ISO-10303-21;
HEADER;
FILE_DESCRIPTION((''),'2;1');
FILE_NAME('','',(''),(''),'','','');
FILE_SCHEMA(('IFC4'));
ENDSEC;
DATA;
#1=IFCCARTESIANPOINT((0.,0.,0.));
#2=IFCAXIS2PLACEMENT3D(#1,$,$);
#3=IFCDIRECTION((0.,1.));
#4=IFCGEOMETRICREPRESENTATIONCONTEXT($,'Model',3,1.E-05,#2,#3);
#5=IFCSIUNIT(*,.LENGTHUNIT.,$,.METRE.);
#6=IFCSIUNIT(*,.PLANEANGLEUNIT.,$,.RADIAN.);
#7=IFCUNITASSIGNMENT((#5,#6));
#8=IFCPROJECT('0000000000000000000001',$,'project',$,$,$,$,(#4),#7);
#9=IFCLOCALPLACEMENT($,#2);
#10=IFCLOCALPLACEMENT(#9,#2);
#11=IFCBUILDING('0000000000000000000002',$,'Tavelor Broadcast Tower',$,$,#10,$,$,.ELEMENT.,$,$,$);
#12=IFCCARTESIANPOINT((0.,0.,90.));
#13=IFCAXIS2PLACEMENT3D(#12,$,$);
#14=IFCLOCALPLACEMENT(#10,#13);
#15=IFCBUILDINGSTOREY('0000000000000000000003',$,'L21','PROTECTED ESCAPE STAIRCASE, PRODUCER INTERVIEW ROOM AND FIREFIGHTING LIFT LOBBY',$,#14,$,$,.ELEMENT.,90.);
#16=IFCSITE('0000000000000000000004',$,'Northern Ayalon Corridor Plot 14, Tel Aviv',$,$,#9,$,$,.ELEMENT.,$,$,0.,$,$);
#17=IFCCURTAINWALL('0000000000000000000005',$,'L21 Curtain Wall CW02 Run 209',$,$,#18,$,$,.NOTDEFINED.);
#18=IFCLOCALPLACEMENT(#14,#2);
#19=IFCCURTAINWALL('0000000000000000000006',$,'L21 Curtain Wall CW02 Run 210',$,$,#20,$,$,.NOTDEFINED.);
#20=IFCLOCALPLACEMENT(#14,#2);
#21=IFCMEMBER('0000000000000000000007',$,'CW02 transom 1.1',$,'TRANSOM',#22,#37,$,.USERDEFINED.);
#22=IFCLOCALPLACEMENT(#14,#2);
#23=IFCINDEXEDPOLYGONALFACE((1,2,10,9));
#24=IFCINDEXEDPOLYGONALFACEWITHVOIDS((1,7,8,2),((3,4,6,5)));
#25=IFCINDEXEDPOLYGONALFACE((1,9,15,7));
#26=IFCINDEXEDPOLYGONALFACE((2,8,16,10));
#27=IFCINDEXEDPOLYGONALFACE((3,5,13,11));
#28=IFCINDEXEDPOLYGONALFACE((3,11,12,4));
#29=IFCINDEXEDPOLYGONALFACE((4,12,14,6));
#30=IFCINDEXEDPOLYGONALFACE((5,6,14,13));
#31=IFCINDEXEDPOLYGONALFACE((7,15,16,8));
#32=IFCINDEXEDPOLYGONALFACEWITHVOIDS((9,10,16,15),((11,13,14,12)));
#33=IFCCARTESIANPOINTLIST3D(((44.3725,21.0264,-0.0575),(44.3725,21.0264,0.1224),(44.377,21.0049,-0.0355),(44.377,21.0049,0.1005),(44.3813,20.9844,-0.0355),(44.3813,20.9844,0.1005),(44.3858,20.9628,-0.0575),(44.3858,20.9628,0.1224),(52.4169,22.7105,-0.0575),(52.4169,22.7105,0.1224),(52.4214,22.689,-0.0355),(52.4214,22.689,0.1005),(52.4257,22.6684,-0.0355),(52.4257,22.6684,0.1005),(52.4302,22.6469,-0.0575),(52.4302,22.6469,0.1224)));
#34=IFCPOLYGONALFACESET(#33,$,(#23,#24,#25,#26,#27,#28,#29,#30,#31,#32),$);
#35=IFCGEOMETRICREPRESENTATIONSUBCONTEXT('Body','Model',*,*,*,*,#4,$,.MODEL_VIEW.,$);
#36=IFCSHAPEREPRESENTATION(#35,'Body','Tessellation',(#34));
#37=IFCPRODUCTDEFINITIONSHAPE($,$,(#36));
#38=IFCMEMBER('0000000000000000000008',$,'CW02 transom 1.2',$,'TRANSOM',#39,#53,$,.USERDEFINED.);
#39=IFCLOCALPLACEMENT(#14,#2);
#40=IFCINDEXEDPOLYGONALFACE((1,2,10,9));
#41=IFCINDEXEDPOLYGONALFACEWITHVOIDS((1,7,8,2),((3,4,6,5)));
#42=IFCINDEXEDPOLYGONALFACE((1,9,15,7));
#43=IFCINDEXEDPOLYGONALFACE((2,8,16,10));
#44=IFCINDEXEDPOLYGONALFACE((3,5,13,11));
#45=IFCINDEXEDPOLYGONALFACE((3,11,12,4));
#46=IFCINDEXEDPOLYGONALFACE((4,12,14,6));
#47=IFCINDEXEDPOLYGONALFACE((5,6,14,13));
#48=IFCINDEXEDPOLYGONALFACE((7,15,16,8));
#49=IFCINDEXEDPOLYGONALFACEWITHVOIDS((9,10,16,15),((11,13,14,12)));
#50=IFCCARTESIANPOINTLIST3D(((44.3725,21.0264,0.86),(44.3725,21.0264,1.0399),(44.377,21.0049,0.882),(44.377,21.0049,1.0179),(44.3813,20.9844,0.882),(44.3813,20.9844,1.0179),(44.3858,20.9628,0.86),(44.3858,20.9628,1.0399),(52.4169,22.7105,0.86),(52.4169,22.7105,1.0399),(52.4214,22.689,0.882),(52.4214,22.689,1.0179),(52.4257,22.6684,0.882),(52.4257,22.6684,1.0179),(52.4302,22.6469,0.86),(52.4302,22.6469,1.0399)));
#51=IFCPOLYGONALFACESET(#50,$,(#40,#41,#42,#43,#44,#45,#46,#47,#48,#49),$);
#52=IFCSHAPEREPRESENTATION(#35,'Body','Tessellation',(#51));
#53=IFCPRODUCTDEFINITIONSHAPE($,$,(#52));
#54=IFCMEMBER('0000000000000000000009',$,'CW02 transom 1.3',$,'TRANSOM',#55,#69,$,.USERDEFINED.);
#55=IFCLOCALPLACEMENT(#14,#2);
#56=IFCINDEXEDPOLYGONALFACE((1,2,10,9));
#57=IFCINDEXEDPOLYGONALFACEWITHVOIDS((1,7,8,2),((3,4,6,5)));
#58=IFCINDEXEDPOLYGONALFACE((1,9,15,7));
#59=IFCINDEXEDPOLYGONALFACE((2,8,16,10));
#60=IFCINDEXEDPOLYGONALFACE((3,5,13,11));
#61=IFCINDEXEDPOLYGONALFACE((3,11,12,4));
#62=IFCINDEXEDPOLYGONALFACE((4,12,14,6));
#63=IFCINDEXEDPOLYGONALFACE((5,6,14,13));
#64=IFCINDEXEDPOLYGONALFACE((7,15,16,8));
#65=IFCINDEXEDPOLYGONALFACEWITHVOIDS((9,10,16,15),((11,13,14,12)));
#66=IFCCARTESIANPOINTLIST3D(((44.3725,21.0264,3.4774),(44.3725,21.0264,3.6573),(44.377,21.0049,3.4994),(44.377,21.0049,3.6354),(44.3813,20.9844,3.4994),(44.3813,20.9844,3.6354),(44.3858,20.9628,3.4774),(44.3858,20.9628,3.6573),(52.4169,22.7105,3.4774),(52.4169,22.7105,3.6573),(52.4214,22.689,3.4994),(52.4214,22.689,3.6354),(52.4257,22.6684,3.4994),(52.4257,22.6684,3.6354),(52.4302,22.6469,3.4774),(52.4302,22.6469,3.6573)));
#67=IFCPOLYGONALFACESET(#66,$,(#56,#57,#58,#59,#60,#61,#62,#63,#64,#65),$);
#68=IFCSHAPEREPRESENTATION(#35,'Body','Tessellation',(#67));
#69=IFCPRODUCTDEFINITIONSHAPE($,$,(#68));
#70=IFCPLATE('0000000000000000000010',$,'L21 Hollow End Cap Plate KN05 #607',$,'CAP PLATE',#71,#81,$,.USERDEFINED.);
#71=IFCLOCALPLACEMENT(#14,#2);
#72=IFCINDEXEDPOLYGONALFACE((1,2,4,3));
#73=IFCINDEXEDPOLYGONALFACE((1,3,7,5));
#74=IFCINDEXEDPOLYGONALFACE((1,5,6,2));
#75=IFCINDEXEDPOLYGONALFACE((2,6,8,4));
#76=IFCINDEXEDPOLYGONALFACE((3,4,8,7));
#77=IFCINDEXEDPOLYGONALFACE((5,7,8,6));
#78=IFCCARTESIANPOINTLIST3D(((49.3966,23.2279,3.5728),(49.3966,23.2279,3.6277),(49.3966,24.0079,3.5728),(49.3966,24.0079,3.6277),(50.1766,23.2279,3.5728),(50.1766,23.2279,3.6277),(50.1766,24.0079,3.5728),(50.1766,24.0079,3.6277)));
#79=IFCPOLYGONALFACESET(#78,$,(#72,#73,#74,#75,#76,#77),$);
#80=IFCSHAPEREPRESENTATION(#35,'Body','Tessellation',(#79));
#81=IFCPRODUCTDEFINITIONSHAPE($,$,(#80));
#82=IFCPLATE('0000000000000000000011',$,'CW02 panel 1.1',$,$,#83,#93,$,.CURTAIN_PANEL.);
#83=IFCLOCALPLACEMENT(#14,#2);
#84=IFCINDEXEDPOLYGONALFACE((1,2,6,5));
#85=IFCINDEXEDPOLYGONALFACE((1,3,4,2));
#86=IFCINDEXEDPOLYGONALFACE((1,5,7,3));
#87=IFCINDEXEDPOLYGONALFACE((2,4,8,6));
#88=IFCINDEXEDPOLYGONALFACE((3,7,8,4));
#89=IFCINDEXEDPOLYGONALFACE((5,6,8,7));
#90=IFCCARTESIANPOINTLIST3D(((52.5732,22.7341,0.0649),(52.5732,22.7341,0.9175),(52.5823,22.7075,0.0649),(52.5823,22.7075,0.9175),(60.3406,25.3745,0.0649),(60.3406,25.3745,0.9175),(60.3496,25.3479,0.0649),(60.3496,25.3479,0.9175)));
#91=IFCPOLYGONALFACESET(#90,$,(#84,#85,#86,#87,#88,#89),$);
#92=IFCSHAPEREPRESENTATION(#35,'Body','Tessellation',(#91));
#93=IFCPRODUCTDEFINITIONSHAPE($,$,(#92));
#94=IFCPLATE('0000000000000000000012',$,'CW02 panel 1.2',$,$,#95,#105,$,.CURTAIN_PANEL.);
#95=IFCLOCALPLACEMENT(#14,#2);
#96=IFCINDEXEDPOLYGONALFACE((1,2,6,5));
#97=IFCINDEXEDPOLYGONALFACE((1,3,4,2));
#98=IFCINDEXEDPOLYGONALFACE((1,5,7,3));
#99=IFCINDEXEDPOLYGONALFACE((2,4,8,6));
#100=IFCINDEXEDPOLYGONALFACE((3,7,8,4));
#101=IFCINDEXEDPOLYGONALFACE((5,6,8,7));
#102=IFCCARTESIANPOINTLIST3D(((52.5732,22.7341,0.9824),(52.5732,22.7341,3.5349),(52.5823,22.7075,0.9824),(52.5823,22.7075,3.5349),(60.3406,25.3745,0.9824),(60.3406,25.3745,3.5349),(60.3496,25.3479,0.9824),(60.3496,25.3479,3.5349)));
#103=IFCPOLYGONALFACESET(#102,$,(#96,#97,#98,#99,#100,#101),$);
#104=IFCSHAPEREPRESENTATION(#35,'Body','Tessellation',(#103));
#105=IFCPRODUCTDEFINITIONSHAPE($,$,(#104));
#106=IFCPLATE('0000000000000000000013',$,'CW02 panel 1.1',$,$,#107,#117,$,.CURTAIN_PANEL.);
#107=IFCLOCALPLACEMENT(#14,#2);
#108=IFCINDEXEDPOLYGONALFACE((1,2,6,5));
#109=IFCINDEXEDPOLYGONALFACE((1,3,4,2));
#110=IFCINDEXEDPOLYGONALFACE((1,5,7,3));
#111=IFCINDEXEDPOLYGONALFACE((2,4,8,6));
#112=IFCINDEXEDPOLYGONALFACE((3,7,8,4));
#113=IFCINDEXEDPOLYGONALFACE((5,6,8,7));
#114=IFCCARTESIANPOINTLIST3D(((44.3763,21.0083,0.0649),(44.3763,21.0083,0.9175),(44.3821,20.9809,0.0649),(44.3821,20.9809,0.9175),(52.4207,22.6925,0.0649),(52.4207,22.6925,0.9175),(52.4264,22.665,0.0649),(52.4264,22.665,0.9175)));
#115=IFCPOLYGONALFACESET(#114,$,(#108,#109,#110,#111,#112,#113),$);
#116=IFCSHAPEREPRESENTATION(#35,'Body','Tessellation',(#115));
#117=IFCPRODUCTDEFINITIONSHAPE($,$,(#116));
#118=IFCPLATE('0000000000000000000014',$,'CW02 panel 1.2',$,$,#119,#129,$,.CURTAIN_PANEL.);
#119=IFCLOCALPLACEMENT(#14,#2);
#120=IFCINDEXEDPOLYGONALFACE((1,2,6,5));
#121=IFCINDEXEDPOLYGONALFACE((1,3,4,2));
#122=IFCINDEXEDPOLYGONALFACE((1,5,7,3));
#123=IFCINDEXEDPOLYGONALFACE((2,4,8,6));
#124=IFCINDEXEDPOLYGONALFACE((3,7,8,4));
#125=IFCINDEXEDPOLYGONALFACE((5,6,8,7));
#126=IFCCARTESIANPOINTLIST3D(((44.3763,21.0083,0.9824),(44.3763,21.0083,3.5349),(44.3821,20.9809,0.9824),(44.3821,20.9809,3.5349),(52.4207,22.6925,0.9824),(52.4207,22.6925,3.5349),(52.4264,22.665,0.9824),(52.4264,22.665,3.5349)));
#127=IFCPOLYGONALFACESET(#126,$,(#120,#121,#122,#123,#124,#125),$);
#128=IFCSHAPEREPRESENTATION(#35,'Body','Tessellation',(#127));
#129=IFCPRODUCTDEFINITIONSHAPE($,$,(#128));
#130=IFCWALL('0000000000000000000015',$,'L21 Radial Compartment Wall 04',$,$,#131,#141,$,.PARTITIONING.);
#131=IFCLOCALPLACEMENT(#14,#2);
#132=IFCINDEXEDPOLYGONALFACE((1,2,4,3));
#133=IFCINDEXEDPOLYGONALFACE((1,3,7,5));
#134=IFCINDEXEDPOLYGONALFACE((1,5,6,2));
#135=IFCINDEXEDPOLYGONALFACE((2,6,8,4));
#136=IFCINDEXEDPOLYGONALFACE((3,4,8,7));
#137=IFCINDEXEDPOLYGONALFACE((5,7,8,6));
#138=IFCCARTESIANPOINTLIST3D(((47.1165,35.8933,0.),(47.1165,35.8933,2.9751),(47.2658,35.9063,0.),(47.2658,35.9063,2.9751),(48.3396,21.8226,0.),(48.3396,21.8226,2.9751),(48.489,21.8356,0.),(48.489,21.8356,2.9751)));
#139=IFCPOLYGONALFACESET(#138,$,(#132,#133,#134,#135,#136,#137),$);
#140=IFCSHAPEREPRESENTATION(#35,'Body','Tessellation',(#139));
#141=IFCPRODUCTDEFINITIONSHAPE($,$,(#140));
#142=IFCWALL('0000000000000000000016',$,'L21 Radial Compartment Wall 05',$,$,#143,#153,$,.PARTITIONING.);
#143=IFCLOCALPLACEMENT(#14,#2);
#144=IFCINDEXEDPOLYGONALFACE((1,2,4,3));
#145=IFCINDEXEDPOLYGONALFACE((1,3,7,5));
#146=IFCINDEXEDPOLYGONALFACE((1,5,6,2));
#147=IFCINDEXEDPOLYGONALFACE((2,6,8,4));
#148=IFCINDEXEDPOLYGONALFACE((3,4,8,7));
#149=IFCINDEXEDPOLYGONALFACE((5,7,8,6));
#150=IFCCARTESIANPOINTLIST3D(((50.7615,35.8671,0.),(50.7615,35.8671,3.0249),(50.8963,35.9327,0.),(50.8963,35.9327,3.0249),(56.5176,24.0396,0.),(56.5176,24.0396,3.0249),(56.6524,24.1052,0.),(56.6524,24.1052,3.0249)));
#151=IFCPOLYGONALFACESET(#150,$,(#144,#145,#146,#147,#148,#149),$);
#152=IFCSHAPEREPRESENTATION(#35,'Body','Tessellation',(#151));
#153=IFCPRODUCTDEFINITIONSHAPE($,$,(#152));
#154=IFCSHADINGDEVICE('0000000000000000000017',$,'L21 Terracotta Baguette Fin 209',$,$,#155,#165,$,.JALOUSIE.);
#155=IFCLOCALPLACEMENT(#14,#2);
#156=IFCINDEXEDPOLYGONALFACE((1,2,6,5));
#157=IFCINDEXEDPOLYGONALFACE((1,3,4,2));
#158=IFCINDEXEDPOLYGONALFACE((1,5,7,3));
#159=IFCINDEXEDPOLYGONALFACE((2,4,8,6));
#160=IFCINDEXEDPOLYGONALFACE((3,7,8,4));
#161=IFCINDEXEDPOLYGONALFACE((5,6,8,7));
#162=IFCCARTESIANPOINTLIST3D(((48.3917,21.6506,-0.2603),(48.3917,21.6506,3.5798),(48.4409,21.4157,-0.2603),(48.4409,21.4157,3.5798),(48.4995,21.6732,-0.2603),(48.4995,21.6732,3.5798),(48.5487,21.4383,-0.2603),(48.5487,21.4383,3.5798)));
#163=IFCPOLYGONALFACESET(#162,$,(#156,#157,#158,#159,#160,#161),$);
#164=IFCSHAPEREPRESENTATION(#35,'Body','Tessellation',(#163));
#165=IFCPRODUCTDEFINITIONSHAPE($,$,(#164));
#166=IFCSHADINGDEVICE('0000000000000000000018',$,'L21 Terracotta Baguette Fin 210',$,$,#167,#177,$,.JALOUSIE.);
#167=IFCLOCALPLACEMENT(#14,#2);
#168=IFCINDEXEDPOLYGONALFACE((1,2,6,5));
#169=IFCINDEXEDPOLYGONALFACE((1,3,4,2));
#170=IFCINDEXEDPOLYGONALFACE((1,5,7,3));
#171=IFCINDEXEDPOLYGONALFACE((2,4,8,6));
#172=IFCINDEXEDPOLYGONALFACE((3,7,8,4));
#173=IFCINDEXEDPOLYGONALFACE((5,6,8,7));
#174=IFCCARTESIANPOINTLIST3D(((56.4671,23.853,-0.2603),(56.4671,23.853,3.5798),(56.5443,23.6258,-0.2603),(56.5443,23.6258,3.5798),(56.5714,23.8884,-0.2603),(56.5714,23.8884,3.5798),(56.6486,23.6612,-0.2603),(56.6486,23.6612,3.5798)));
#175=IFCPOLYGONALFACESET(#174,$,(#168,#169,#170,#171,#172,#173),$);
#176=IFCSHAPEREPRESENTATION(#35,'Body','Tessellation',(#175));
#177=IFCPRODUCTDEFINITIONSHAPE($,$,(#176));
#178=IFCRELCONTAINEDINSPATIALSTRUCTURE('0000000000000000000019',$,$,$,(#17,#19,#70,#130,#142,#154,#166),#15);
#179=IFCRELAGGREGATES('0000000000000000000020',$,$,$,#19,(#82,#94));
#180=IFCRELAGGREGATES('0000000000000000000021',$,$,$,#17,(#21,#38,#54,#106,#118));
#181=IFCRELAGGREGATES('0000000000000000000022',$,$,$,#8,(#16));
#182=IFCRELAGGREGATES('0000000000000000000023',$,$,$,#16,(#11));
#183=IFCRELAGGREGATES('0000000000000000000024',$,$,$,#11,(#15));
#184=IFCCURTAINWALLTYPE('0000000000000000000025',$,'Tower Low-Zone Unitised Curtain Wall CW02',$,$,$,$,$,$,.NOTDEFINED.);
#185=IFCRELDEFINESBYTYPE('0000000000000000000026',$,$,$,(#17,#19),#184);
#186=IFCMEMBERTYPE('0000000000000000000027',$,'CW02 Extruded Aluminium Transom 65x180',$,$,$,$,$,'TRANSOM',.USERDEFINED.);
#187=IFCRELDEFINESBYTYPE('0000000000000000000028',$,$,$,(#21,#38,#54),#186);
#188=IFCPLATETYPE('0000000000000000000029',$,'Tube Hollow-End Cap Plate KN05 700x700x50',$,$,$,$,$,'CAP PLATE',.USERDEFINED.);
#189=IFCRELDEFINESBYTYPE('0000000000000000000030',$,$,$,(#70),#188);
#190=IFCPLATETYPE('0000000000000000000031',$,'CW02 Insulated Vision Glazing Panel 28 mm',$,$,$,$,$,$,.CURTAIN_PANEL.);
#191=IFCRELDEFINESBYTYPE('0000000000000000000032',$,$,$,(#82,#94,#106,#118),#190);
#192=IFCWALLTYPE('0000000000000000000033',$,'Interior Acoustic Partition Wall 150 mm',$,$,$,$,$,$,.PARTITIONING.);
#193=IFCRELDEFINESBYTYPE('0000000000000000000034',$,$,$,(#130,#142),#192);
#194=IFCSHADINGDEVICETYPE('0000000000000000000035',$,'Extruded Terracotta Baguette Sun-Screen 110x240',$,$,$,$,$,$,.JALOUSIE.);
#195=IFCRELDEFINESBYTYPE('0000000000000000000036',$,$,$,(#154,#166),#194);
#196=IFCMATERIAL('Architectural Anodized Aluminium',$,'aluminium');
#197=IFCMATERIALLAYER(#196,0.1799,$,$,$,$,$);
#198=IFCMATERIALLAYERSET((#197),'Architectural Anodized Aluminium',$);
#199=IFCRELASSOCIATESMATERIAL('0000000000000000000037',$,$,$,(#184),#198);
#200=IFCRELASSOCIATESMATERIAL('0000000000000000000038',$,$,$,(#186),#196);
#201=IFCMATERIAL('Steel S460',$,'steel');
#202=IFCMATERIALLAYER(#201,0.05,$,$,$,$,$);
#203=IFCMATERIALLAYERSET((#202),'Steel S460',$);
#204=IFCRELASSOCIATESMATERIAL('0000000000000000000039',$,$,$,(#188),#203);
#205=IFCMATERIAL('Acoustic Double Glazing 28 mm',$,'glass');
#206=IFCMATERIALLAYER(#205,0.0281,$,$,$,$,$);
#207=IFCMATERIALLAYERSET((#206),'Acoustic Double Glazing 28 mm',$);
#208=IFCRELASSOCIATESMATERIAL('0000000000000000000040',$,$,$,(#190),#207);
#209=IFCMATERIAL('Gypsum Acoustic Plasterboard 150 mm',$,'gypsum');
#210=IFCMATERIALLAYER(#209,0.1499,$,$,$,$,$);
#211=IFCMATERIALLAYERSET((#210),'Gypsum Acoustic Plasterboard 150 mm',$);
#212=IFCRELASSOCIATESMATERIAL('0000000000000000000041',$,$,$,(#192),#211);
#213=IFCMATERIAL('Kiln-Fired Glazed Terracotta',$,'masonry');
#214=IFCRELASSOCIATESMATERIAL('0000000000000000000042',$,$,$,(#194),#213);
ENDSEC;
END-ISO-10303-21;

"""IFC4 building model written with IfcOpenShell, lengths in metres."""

from ifc_helpers import new_model, si_unit, direction, frame, frame_2d, origin, origin_2d, place, context, subcontext, project, spatial, rectangle, hollow_rectangle, extrude, source, transform, mapped, material, layer, layer_set, material_profile, profile_set, type_object, type_shapes, element, aggregate, save


model = new_model("IFC4")

# Units and contexts
model_context = context("Model", 3, precision=1e-05, world=origin(), true_north=direction((0.0, 1.0)))
body_context = subcontext(model_context, "Body", "Model", "MODEL_VIEW")
ifc_project = project(units=[si_unit("LENGTHUNIT", "METRE"), si_unit("PLANEANGLEUNIT", "RADIAN")], contexts=[model_context])

# Site, building, storey
site_placement = place(None, origin())
site = spatial("IfcSite", under=ifc_project, at=site_placement, Name="Northern Ayalon Corridor Plot 14, Tel Aviv", CompositionType="ELEMENT", RefElevation=0.0)
building_placement = place(site_placement, origin())
building = spatial("IfcBuilding", under=site, at=building_placement, Name="Tavelor Broadcast Tower", CompositionType="ELEMENT")
storey_placement = place(building_placement, frame((0.0, 0.0, 90.0)))
storey = spatial("IfcBuildingStorey", under=building, at=storey_placement, Name="L21", Description="PROTECTED ESCAPE STAIRCASE, PRODUCER INTERVIEW ROOM AND FIREFIGHTING LIFT LOBBY", CompositionType="ELEMENT", Elevation=90.0)

# Shared definitions
ifc_material_1 = material(Name="Steel S460", Category="steel")

# Curtain walls
ifc_material_2 = material(Name="Architectural Anodized Aluminium", Category="aluminium")
ifc_layer_1 = layer(ifc_material_2, 0.1799)
ifc_layer_set_1 = layer_set([ifc_layer_1], Name="Architectural Anodized Aluminium")
curtain_wall_type = type_object("IfcCurtainWallType", Name="Tower Low-Zone Unitised Curtain Wall CW02", PredefinedType="NOTDEFINED", material=ifc_layer_set_1)
curtain_wall_1_placement = place(storey_placement, origin())
curtain_wall_1 = element("IfcCurtainWall", 1, at=curtain_wall_1_placement, inside=storey, type_object=curtain_wall_type, Name="L21 Curtain Wall CW02 Run 209", PredefinedType="NOTDEFINED")
curtain_wall_2_placement = place(storey_placement, origin())
curtain_wall_2 = element("IfcCurtainWall", 2, at=curtain_wall_2_placement, inside=storey, type_object=curtain_wall_type, Name="L21 Curtain Wall CW02 Run 210", PredefinedType="NOTDEFINED")
ifc_material_profile_1 = material_profile(ifc_material_2, hollow_rectangle(XDim=0.0649, YDim=0.1799, WallThickness=0.022, at=origin_2d()), Name="RHS 65x180x22")
ifc_profile_set_1 = profile_set([ifc_material_profile_1], Name="Architectural Anodized Aluminium")
member_type_1 = type_object("IfcMemberType", Name="CW02 Extruded Aluminium Transom 65x180", ElementType="TRANSOM", PredefinedType="USERDEFINED", material=ifc_profile_set_1)

# Members
shared_shape_1 = source(origin(), body_context, "Body", "SweptSolid", [
    extrude(hollow_rectangle(XDim=0.0649, YDim=0.1799, WallThickness=0.022, at=origin_2d()), origin(), (0.0, 0.0, 1.0), 8.2188),
])
member_1_placement = place(storey_placement, frame((44.3792, 20.9946, 0.0325), z_axis=(0.978782, 0.204906, 0.0), x_axis=(-0.204906, 0.978782, 0.0)))
member_1 = element("IfcMember", 3, at=member_1_placement, type_object=member_type_1, Name="CW02 transom 1.1", ObjectType="TRANSOM", PredefinedType="USERDEFINED", context=body_context, shape_type="MappedRepresentation", body=[
    mapped(shared_shape_1, transform((0.0, 0.0, 0.0), scale=1.0)),
])
member_2_placement = place(storey_placement, frame((44.3792, 20.9946, 0.95), z_axis=(0.978782, 0.204906, 0.0), x_axis=(-0.204906, 0.978782, 0.0)))
member_2 = element("IfcMember", 4, at=member_2_placement, type_object=member_type_1, Name="CW02 transom 1.2", ObjectType="TRANSOM", PredefinedType="USERDEFINED", context=body_context, shape_type="MappedRepresentation", body=[
    mapped(shared_shape_1, transform((0.0, 0.0, 0.0), scale=1.0)),
])
member_3_placement = place(storey_placement, frame((44.3792, 20.9946, 3.5674), z_axis=(0.978782, 0.204906, 0.0), x_axis=(-0.204906, 0.978782, 0.0)))
member_3 = element("IfcMember", 5, at=member_3_placement, type_object=member_type_1, Name="CW02 transom 1.3", ObjectType="TRANSOM", PredefinedType="USERDEFINED", context=body_context, shape_type="MappedRepresentation", body=[
    mapped(shared_shape_1, transform((0.0, 0.0, 0.0), scale=1.0)),
])

# Plates
ifc_layer_2 = layer(ifc_material_1, 0.05)
ifc_layer_set_2 = layer_set([ifc_layer_2], Name="Steel S460")
plate_type_1 = type_object("IfcPlateType", Name="Tube Hollow-End Cap Plate KN05 700x700x50", ElementType="CAP PLATE", PredefinedType="USERDEFINED", material=ifc_layer_set_2)
shared_shape_2 = source(origin(), body_context, "Body", "SweptSolid", [
    extrude(rectangle(XDim=0.78, YDim=0.78, at=origin_2d()), origin(), (0.0, 0.0, 1.0), 0.0549),
])
type_shapes(plate_type_1, [shared_shape_2])
plate_1_placement = place(storey_placement, frame((49.7866, 23.6179, 3.5728), z_axis=(0.0, 0.0, 1.0), x_axis=(1.0, 0.0, 0.0)))
element("IfcPlate", 6, at=plate_1_placement, inside=storey, type_object=plate_type_1, Name="L21 Hollow End Cap Plate KN05 #607", ObjectType="CAP PLATE", PredefinedType="USERDEFINED", context=body_context, shape_type="MappedRepresentation", body=[
    mapped(shared_shape_2, transform((0.0, 0.0, 0.0), scale=1.0)),
])
ifc_material_3 = material(Name="Acoustic Double Glazing 28 mm", Category="glass")
ifc_layer_3 = layer(ifc_material_3, 0.0281)
ifc_layer_set_3 = layer_set([ifc_layer_3], Name="Acoustic Double Glazing 28 mm")
plate_type_2 = type_object("IfcPlateType", Name="CW02 Insulated Vision Glazing Panel 28 mm", PredefinedType="CURTAIN_PANEL", material=ifc_layer_set_3)
shared_shape_3 = source(origin(), body_context, "Body", "SweptSolid", [
    extrude(rectangle(XDim=8.2039, YDim=0.0281, at=origin_2d()), origin(), (0.0, 0.0, 1.0), 0.8525),
])
plate_2_placement = place(storey_placement, frame((56.4614, 24.041, 0.0649), z_axis=(0.0, 0.0, 1.0), x_axis=(0.94679, 0.321852, 0.0)))
plate_2 = element("IfcPlate", 7, at=plate_2_placement, type_object=plate_type_2, Name="CW02 panel 1.1", PredefinedType="CURTAIN_PANEL", context=body_context, shape_type="MappedRepresentation", body=[
    mapped(shared_shape_3, transform((0.0, 0.0, 0.0), scale=1.0)),
])
shared_shape_4 = source(origin(), body_context, "Body", "SweptSolid", [
    extrude(rectangle(XDim=8.2039, YDim=0.0281, at=origin_2d()), origin(), (0.0, 0.0, 1.0), 2.5525),
])
plate_3_placement = place(storey_placement, frame((56.4614, 24.041, 0.9824), z_axis=(0.0, 0.0, 1.0), x_axis=(0.94679, 0.321852, 0.0)))
plate_3 = element("IfcPlate", 8, at=plate_3_placement, type_object=plate_type_2, Name="CW02 panel 1.2", PredefinedType="CURTAIN_PANEL", context=body_context, shape_type="MappedRepresentation", body=[
    mapped(shared_shape_4, transform((0.0, 0.0, 0.0), scale=1.0)),
])
aggregate(curtain_wall_2, [plate_2, plate_3])
shared_shape_5 = source(origin(), body_context, "Body", "SweptSolid", [
    extrude(rectangle(XDim=8.2188, YDim=0.0281, at=origin_2d()), origin(), (0.0, 0.0, 1.0), 0.8525),
])
plate_4_placement = place(storey_placement, frame((48.4014, 21.8367, 0.0649), z_axis=(0.0, 0.0, 1.0), x_axis=(0.97878, 0.204914, 0.0)))
plate_4 = element("IfcPlate", 9, at=plate_4_placement, type_object=plate_type_2, Name="CW02 panel 1.1", PredefinedType="CURTAIN_PANEL", context=body_context, shape_type="MappedRepresentation", body=[
    mapped(shared_shape_5, transform((0.0, 0.0, 0.0), scale=1.0)),
])
shared_shape_6 = source(origin(), body_context, "Body", "SweptSolid", [
    extrude(rectangle(XDim=8.2188, YDim=0.0281, at=origin_2d()), origin(), (0.0, 0.0, 1.0), 2.5525),
])
type_shapes(plate_type_2, [shared_shape_3, shared_shape_4, shared_shape_5, shared_shape_6])
plate_5_placement = place(storey_placement, frame((48.4014, 21.8367, 0.9824), z_axis=(0.0, 0.0, 1.0), x_axis=(0.97878, 0.204914, 0.0)))
plate_5 = element("IfcPlate", 10, at=plate_5_placement, type_object=plate_type_2, Name="CW02 panel 1.2", PredefinedType="CURTAIN_PANEL", context=body_context, shape_type="MappedRepresentation", body=[
    mapped(shared_shape_6, transform((0.0, 0.0, 0.0), scale=1.0)),
])
aggregate(curtain_wall_1, [member_1, member_2, member_3, plate_4, plate_5])

# Walls
ifc_material_4 = material(Name="Gypsum Acoustic Plasterboard 150 mm", Category="gypsum")
ifc_layer_4 = layer(ifc_material_4, 0.1499)
ifc_layer_set_4 = layer_set([ifc_layer_4], Name="Gypsum Acoustic Plasterboard 150 mm")
wall_type = type_object("IfcWallType", Name="Interior Acoustic Partition Wall 150 mm", PredefinedType="PARTITIONING", material=ifc_layer_set_4)
wall_1_placement = place(storey_placement, frame((47.1912, 35.8999, 0.0), z_axis=(0.0, 0.0, 1.0), x_axis=(0.086601, -0.996243, 0.0)))
element("IfcWall", 11, at=wall_1_placement, inside=storey, type_object=wall_type, Name="L21 Radial Compartment Wall 04", PredefinedType="PARTITIONING", context=body_context, shape_type="SweptSolid", body=[
    extrude(rectangle(XDim=14.1238, YDim=0.1499, at=frame_2d((7.062, 0.0))), origin(), (0.0, 0.0, 1.0), 2.9751),
])
wall_2_placement = place(storey_placement, frame((50.8289, 35.8999, 0.0), z_axis=(0.0, 0.0, 1.0), x_axis=(0.437603, -0.899168, 0.0)))
element("IfcWall", 12, at=wall_2_placement, inside=storey, type_object=wall_type, Name="L21 Radial Compartment Wall 05", PredefinedType="PARTITIONING", context=body_context, shape_type="SweptSolid", body=[
    extrude(rectangle(XDim=13.1538, YDim=0.1499, at=frame_2d((6.5769, 0.0))), origin(), (0.0, 0.0, 1.0), 3.0249),
])

# Shading devices
ifc_material_5 = material(Name="Kiln-Fired Glazed Terracotta", Category="masonry")
shading_device_type = type_object("IfcShadingDeviceType", Name="Extruded Terracotta Baguette Sun-Screen 110x240", PredefinedType="JALOUSIE", material=ifc_material_5)
shared_shape_7 = source(origin(), body_context, "Body", "SweptSolid", [
    extrude(rectangle(XDim=0.1101, YDim=0.24, at=origin_2d()), origin(), (0.0, 0.0, 1.0), 3.8401),
])
type_shapes(shading_device_type, [shared_shape_7])
for number, where, z_axis, x_axis, name in (
    (13, (48.4702, 21.5444, -0.2603), (0.0, 0.0, 1.0), (0.978796, 0.204838, 0.0), "L21 Terracotta Baguette Fin 209"),
    (14, (56.5579, 23.7571, -0.2603), (0.0, 0.0, 1.0), (0.946818, 0.32177, 0.0), "L21 Terracotta Baguette Fin 210"),
):
    element("IfcShadingDevice", number, at=place(storey_placement, frame(where, z_axis=z_axis, x_axis=x_axis)), inside=storey, type_object=shading_device_type, Name=name, PredefinedType="JALOUSIE", context=body_context, shape_type="MappedRepresentation", body=[
        mapped(shared_shape_7, transform((0.0, 0.0, 0.0), scale=1.0)),
    ])

save(model, "model.ifc")
